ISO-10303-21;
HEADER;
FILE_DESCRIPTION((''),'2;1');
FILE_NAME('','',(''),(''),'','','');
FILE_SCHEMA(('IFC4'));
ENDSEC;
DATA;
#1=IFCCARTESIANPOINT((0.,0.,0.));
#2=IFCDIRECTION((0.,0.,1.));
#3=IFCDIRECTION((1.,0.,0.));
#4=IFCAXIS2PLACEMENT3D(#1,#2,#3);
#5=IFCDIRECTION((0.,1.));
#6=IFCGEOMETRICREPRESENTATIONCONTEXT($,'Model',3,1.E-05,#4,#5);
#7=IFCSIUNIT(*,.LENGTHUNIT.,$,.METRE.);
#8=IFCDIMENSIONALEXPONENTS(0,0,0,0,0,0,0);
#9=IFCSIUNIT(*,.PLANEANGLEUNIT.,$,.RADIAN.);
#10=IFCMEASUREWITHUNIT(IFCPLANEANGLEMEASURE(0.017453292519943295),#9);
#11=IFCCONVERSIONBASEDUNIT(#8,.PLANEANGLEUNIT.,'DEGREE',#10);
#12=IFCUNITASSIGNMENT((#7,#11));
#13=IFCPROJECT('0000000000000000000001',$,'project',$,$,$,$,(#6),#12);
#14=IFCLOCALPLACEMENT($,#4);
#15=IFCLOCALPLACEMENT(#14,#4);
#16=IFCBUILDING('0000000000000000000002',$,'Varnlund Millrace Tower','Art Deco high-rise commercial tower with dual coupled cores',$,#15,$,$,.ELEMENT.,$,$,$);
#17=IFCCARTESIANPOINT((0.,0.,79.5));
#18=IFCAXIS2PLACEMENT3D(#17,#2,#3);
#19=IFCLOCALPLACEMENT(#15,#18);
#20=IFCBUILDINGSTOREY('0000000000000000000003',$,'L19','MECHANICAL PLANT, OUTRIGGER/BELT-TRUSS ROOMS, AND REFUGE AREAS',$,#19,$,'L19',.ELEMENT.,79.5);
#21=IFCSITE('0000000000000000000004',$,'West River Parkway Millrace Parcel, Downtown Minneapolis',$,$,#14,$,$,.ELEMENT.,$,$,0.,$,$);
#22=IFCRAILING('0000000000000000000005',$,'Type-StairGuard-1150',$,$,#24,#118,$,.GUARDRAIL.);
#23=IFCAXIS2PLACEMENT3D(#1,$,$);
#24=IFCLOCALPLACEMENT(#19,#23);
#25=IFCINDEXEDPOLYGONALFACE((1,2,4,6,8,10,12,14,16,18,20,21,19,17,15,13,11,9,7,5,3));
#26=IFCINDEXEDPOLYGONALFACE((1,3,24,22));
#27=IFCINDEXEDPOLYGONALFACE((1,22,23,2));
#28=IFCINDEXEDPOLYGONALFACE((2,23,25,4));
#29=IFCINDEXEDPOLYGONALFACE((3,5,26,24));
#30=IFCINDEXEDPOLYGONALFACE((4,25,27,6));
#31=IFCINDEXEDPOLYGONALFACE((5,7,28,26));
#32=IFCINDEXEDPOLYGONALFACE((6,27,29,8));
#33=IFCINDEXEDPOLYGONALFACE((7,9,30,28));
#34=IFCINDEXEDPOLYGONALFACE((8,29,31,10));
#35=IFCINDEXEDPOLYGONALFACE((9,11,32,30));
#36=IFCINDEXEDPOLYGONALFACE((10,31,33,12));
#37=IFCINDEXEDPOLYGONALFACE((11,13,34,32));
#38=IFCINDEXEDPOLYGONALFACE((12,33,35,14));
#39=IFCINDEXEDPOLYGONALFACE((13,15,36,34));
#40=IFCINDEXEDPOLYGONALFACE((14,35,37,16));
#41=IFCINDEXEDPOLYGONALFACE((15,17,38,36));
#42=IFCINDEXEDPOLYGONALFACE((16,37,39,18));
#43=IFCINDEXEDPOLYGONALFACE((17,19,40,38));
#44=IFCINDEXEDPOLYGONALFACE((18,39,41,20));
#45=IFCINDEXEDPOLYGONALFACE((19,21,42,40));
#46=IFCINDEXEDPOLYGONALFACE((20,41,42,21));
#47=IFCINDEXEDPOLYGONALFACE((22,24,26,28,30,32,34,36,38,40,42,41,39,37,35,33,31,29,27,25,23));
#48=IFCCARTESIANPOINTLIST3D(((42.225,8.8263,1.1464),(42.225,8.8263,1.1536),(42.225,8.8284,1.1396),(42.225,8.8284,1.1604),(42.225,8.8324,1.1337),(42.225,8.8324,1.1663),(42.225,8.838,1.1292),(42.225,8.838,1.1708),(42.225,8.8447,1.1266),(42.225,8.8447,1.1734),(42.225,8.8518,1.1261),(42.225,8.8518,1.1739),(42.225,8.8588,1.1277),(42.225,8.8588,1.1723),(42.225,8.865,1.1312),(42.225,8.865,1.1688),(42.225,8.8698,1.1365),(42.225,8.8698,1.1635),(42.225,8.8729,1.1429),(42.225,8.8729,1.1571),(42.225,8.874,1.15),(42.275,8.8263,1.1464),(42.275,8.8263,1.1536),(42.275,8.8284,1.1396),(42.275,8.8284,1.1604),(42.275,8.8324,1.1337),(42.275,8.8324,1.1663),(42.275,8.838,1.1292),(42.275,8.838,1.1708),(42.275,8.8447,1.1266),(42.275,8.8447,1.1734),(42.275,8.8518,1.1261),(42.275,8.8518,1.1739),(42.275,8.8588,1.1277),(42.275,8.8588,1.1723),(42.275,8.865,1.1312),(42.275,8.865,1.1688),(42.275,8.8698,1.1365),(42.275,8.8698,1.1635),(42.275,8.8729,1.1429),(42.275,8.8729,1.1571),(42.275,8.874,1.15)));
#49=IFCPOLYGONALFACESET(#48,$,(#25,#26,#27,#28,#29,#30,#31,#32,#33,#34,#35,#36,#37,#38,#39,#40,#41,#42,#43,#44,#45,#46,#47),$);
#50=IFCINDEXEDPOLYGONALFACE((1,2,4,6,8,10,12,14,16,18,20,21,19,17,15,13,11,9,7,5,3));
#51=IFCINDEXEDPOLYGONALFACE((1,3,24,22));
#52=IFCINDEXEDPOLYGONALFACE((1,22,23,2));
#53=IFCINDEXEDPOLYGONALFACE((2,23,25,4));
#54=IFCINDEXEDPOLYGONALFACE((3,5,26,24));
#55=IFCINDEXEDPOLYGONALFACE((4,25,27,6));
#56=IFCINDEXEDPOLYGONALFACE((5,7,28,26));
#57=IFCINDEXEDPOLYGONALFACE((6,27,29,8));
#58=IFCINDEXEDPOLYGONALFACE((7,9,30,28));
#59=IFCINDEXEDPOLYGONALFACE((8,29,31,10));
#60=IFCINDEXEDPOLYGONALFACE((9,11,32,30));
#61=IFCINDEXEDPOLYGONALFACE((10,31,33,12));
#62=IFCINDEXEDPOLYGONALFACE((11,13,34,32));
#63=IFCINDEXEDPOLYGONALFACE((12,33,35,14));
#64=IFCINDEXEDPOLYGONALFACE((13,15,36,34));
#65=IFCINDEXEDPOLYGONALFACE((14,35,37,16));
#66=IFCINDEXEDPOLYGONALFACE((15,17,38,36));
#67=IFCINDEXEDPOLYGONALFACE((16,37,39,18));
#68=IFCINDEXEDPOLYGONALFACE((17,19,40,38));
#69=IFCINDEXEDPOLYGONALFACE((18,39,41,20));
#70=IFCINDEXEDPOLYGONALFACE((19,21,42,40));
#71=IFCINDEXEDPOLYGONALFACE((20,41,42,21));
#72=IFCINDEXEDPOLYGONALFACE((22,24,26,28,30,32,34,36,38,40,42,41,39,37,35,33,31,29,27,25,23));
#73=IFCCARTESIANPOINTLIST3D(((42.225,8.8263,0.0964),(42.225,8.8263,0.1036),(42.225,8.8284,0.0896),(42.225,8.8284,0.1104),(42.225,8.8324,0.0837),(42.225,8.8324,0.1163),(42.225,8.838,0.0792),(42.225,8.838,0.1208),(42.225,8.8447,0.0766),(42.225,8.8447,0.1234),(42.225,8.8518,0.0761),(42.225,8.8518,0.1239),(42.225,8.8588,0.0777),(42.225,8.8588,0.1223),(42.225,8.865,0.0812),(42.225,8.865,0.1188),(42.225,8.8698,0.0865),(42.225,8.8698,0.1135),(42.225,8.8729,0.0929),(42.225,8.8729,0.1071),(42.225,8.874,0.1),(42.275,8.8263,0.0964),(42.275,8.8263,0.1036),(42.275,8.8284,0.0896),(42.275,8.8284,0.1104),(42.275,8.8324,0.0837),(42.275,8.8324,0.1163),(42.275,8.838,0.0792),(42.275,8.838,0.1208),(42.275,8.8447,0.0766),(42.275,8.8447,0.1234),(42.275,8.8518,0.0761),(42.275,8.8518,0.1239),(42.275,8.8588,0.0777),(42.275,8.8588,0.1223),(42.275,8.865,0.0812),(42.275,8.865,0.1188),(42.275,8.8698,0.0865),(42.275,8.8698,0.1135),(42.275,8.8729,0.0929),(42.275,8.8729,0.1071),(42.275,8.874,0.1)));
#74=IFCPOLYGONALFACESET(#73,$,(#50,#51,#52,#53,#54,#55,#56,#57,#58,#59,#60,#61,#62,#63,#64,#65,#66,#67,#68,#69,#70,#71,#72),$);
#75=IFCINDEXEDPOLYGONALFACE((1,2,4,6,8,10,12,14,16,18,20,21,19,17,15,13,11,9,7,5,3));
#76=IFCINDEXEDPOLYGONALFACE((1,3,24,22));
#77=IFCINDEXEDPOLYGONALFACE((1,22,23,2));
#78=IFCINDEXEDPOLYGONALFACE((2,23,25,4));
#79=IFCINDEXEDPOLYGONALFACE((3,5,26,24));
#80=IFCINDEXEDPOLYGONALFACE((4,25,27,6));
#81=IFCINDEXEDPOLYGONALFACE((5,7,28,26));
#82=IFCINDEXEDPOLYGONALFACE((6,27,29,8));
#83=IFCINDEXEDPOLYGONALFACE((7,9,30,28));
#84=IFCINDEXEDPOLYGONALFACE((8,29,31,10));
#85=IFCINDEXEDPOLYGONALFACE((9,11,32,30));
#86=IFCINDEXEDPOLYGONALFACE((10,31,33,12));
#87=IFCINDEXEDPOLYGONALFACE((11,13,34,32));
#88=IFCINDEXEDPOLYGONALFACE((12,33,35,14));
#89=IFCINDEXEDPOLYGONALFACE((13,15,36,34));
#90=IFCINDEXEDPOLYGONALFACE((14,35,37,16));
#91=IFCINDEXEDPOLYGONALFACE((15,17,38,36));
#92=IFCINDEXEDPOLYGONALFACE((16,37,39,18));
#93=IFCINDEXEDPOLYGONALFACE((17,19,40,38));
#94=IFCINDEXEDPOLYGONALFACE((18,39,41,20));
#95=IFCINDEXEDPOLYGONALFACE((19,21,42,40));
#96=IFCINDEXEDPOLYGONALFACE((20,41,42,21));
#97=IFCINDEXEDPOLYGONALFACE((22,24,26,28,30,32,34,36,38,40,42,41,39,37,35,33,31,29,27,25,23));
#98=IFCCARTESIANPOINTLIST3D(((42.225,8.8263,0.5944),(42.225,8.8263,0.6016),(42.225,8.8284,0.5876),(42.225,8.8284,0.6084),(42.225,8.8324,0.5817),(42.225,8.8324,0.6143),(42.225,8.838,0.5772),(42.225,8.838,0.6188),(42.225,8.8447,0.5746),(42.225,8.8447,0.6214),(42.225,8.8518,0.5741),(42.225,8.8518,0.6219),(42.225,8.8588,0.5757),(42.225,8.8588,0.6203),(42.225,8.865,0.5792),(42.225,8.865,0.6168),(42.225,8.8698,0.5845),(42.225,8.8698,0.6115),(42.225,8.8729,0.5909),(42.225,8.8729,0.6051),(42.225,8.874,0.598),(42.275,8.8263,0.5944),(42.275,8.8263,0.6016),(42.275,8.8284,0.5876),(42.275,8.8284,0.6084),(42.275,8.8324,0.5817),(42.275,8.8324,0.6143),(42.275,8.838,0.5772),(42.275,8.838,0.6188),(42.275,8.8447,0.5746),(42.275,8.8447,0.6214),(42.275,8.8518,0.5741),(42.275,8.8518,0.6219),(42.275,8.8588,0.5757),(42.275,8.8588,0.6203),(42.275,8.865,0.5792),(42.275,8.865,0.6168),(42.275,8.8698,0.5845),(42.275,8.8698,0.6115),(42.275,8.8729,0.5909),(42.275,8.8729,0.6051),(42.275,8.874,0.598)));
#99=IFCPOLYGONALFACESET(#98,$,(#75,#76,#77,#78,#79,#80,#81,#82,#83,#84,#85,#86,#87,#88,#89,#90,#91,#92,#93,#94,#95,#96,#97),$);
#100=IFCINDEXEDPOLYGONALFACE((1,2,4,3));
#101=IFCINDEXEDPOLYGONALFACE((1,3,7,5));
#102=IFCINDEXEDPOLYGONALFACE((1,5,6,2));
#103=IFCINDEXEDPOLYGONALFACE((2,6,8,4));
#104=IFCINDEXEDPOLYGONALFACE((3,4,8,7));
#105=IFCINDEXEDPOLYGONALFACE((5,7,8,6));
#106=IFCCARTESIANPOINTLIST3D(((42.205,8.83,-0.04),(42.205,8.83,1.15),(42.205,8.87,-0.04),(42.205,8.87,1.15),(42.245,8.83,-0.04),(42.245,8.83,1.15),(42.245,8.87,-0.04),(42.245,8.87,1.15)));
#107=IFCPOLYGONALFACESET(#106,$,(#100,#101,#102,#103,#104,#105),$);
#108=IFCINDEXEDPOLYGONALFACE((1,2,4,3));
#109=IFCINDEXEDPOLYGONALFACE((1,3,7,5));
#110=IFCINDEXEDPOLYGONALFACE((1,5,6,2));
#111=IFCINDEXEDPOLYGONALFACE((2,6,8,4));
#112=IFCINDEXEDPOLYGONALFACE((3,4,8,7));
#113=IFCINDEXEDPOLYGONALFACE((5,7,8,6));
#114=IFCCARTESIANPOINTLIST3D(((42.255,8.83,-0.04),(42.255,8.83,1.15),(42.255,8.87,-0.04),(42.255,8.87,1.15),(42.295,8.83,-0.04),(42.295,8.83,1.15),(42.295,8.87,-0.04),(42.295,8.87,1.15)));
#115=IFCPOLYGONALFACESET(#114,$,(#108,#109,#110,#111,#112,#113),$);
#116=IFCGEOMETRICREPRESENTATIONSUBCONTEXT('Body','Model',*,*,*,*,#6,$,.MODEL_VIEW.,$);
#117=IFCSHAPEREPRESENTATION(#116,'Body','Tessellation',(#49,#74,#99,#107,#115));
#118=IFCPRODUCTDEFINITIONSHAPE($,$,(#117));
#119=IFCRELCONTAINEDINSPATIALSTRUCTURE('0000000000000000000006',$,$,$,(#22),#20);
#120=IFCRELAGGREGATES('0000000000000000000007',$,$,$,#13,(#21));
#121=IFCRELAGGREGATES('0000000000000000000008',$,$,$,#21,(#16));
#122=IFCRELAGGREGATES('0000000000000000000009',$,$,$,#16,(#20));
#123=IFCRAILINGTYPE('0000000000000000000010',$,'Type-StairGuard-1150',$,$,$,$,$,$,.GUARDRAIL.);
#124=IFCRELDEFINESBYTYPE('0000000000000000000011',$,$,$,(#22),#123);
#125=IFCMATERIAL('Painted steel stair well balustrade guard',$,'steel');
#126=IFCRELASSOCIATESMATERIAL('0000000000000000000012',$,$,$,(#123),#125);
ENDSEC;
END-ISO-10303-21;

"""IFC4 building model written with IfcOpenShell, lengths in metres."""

from ifc_helpers import new_model, entity, si_unit, converted_unit, direction, frame, origin_with_axes, origin_2d_with_axis, place, context, subcontext, project, spatial, rectangle, circle, extrude, material, type_object, element, save


model = new_model("IFC4")

# Units and contexts
model_context = context("Model", 3, precision=1e-05, world=origin_with_axes(), true_north=direction((0.0, 1.0)))
body_context = subcontext(model_context, "Body", "Model", "MODEL_VIEW")
ifc_project = project(units=[si_unit("LENGTHUNIT", "METRE"), converted_unit("PLANEANGLEUNIT", "DEGREE", entity("IfcPlaneAngleMeasure", 0.017453292519943295), si_unit("PLANEANGLEUNIT", "RADIAN"), dimensions=[0, 0, 0, 0, 0, 0, 0])], contexts=[model_context])

# Site, building, storey
site_placement = place(None, origin_with_axes())
site = spatial("IfcSite", under=ifc_project, at=site_placement, Name="West River Parkway Millrace Parcel, Downtown Minneapolis", CompositionType="ELEMENT", RefElevation=0.0)
building_placement = place(site_placement, origin_with_axes())
building = spatial("IfcBuilding", under=site, at=building_placement, Name="Varnlund Millrace Tower", Description="Art Deco high-rise commercial tower with dual coupled cores", CompositionType="ELEMENT")
storey_placement = place(building_placement, frame((0.0, 0.0, 79.5), z_axis=(0.0, 0.0, 1.0), x_axis=(1.0, 0.0, 0.0)))
storey = spatial("IfcBuildingStorey", under=building, at=storey_placement, Name="L19", Description="MECHANICAL PLANT, OUTRIGGER/BELT-TRUSS ROOMS, AND REFUGE AREAS", LongName="L19", CompositionType="ELEMENT", Elevation=79.5)

# Railing
ifc_material_1 = material(Name="Painted steel stair well balustrade guard", Category="steel")
railing_type_1 = type_object("IfcRailingType", Name="Type-StairGuard-1150", PredefinedType="GUARDRAIL", material=ifc_material_1)
railing_1_placement = place(storey_placement, frame((0.0, 0.0, -79.5), z_axis=(0.0, 0.0, 1.0), x_axis=(1.0, 0.0, 0.0)))
element("IfcRailing", 1, at=railing_1_placement, inside=storey, type_object=railing_type_1, Name="Type-StairGuard-1150", PredefinedType="GUARDRAIL", context=body_context, shape_type="SweptSolid", body=[
    extrude(circle(Radius=0.024, at=origin_2d_with_axis()), frame((42.225, 8.85, 80.65), z_axis=(1.0, 0.0, 0.0), x_axis=(0.0, 1.0, 0.0)), (0.0, 0.0, 1.0), 0.05),
    extrude(circle(Radius=0.024, at=origin_2d_with_axis()), frame((42.225, 8.85, 79.6), z_axis=(1.0, 0.0, 0.0), x_axis=(0.0, 1.0, 0.0)), (0.0, 0.0, 1.0), 0.05),
    extrude(circle(Radius=0.024, at=origin_2d_with_axis()), frame((42.225, 8.85, 80.098), z_axis=(1.0, 0.0, 0.0), x_axis=(0.0, 1.0, 0.0)), (0.0, 0.0, 1.0), 0.05),
    extrude(rectangle(XDim=0.04, YDim=0.04, at=origin_2d_with_axis()), frame((42.225, 8.85, 79.46), z_axis=(0.0, 0.0, 1.0), x_axis=(1.0, 0.0, 0.0)), (0.0, 0.0, 1.0), 1.19),
    extrude(rectangle(XDim=0.04, YDim=0.04, at=origin_2d_with_axis()), frame((42.275, 8.85, 79.46), z_axis=(0.0, 0.0, 1.0), x_axis=(1.0, 0.0, 0.0)), (0.0, 0.0, 1.0), 1.19),
])

save(model, "model.ifc")
